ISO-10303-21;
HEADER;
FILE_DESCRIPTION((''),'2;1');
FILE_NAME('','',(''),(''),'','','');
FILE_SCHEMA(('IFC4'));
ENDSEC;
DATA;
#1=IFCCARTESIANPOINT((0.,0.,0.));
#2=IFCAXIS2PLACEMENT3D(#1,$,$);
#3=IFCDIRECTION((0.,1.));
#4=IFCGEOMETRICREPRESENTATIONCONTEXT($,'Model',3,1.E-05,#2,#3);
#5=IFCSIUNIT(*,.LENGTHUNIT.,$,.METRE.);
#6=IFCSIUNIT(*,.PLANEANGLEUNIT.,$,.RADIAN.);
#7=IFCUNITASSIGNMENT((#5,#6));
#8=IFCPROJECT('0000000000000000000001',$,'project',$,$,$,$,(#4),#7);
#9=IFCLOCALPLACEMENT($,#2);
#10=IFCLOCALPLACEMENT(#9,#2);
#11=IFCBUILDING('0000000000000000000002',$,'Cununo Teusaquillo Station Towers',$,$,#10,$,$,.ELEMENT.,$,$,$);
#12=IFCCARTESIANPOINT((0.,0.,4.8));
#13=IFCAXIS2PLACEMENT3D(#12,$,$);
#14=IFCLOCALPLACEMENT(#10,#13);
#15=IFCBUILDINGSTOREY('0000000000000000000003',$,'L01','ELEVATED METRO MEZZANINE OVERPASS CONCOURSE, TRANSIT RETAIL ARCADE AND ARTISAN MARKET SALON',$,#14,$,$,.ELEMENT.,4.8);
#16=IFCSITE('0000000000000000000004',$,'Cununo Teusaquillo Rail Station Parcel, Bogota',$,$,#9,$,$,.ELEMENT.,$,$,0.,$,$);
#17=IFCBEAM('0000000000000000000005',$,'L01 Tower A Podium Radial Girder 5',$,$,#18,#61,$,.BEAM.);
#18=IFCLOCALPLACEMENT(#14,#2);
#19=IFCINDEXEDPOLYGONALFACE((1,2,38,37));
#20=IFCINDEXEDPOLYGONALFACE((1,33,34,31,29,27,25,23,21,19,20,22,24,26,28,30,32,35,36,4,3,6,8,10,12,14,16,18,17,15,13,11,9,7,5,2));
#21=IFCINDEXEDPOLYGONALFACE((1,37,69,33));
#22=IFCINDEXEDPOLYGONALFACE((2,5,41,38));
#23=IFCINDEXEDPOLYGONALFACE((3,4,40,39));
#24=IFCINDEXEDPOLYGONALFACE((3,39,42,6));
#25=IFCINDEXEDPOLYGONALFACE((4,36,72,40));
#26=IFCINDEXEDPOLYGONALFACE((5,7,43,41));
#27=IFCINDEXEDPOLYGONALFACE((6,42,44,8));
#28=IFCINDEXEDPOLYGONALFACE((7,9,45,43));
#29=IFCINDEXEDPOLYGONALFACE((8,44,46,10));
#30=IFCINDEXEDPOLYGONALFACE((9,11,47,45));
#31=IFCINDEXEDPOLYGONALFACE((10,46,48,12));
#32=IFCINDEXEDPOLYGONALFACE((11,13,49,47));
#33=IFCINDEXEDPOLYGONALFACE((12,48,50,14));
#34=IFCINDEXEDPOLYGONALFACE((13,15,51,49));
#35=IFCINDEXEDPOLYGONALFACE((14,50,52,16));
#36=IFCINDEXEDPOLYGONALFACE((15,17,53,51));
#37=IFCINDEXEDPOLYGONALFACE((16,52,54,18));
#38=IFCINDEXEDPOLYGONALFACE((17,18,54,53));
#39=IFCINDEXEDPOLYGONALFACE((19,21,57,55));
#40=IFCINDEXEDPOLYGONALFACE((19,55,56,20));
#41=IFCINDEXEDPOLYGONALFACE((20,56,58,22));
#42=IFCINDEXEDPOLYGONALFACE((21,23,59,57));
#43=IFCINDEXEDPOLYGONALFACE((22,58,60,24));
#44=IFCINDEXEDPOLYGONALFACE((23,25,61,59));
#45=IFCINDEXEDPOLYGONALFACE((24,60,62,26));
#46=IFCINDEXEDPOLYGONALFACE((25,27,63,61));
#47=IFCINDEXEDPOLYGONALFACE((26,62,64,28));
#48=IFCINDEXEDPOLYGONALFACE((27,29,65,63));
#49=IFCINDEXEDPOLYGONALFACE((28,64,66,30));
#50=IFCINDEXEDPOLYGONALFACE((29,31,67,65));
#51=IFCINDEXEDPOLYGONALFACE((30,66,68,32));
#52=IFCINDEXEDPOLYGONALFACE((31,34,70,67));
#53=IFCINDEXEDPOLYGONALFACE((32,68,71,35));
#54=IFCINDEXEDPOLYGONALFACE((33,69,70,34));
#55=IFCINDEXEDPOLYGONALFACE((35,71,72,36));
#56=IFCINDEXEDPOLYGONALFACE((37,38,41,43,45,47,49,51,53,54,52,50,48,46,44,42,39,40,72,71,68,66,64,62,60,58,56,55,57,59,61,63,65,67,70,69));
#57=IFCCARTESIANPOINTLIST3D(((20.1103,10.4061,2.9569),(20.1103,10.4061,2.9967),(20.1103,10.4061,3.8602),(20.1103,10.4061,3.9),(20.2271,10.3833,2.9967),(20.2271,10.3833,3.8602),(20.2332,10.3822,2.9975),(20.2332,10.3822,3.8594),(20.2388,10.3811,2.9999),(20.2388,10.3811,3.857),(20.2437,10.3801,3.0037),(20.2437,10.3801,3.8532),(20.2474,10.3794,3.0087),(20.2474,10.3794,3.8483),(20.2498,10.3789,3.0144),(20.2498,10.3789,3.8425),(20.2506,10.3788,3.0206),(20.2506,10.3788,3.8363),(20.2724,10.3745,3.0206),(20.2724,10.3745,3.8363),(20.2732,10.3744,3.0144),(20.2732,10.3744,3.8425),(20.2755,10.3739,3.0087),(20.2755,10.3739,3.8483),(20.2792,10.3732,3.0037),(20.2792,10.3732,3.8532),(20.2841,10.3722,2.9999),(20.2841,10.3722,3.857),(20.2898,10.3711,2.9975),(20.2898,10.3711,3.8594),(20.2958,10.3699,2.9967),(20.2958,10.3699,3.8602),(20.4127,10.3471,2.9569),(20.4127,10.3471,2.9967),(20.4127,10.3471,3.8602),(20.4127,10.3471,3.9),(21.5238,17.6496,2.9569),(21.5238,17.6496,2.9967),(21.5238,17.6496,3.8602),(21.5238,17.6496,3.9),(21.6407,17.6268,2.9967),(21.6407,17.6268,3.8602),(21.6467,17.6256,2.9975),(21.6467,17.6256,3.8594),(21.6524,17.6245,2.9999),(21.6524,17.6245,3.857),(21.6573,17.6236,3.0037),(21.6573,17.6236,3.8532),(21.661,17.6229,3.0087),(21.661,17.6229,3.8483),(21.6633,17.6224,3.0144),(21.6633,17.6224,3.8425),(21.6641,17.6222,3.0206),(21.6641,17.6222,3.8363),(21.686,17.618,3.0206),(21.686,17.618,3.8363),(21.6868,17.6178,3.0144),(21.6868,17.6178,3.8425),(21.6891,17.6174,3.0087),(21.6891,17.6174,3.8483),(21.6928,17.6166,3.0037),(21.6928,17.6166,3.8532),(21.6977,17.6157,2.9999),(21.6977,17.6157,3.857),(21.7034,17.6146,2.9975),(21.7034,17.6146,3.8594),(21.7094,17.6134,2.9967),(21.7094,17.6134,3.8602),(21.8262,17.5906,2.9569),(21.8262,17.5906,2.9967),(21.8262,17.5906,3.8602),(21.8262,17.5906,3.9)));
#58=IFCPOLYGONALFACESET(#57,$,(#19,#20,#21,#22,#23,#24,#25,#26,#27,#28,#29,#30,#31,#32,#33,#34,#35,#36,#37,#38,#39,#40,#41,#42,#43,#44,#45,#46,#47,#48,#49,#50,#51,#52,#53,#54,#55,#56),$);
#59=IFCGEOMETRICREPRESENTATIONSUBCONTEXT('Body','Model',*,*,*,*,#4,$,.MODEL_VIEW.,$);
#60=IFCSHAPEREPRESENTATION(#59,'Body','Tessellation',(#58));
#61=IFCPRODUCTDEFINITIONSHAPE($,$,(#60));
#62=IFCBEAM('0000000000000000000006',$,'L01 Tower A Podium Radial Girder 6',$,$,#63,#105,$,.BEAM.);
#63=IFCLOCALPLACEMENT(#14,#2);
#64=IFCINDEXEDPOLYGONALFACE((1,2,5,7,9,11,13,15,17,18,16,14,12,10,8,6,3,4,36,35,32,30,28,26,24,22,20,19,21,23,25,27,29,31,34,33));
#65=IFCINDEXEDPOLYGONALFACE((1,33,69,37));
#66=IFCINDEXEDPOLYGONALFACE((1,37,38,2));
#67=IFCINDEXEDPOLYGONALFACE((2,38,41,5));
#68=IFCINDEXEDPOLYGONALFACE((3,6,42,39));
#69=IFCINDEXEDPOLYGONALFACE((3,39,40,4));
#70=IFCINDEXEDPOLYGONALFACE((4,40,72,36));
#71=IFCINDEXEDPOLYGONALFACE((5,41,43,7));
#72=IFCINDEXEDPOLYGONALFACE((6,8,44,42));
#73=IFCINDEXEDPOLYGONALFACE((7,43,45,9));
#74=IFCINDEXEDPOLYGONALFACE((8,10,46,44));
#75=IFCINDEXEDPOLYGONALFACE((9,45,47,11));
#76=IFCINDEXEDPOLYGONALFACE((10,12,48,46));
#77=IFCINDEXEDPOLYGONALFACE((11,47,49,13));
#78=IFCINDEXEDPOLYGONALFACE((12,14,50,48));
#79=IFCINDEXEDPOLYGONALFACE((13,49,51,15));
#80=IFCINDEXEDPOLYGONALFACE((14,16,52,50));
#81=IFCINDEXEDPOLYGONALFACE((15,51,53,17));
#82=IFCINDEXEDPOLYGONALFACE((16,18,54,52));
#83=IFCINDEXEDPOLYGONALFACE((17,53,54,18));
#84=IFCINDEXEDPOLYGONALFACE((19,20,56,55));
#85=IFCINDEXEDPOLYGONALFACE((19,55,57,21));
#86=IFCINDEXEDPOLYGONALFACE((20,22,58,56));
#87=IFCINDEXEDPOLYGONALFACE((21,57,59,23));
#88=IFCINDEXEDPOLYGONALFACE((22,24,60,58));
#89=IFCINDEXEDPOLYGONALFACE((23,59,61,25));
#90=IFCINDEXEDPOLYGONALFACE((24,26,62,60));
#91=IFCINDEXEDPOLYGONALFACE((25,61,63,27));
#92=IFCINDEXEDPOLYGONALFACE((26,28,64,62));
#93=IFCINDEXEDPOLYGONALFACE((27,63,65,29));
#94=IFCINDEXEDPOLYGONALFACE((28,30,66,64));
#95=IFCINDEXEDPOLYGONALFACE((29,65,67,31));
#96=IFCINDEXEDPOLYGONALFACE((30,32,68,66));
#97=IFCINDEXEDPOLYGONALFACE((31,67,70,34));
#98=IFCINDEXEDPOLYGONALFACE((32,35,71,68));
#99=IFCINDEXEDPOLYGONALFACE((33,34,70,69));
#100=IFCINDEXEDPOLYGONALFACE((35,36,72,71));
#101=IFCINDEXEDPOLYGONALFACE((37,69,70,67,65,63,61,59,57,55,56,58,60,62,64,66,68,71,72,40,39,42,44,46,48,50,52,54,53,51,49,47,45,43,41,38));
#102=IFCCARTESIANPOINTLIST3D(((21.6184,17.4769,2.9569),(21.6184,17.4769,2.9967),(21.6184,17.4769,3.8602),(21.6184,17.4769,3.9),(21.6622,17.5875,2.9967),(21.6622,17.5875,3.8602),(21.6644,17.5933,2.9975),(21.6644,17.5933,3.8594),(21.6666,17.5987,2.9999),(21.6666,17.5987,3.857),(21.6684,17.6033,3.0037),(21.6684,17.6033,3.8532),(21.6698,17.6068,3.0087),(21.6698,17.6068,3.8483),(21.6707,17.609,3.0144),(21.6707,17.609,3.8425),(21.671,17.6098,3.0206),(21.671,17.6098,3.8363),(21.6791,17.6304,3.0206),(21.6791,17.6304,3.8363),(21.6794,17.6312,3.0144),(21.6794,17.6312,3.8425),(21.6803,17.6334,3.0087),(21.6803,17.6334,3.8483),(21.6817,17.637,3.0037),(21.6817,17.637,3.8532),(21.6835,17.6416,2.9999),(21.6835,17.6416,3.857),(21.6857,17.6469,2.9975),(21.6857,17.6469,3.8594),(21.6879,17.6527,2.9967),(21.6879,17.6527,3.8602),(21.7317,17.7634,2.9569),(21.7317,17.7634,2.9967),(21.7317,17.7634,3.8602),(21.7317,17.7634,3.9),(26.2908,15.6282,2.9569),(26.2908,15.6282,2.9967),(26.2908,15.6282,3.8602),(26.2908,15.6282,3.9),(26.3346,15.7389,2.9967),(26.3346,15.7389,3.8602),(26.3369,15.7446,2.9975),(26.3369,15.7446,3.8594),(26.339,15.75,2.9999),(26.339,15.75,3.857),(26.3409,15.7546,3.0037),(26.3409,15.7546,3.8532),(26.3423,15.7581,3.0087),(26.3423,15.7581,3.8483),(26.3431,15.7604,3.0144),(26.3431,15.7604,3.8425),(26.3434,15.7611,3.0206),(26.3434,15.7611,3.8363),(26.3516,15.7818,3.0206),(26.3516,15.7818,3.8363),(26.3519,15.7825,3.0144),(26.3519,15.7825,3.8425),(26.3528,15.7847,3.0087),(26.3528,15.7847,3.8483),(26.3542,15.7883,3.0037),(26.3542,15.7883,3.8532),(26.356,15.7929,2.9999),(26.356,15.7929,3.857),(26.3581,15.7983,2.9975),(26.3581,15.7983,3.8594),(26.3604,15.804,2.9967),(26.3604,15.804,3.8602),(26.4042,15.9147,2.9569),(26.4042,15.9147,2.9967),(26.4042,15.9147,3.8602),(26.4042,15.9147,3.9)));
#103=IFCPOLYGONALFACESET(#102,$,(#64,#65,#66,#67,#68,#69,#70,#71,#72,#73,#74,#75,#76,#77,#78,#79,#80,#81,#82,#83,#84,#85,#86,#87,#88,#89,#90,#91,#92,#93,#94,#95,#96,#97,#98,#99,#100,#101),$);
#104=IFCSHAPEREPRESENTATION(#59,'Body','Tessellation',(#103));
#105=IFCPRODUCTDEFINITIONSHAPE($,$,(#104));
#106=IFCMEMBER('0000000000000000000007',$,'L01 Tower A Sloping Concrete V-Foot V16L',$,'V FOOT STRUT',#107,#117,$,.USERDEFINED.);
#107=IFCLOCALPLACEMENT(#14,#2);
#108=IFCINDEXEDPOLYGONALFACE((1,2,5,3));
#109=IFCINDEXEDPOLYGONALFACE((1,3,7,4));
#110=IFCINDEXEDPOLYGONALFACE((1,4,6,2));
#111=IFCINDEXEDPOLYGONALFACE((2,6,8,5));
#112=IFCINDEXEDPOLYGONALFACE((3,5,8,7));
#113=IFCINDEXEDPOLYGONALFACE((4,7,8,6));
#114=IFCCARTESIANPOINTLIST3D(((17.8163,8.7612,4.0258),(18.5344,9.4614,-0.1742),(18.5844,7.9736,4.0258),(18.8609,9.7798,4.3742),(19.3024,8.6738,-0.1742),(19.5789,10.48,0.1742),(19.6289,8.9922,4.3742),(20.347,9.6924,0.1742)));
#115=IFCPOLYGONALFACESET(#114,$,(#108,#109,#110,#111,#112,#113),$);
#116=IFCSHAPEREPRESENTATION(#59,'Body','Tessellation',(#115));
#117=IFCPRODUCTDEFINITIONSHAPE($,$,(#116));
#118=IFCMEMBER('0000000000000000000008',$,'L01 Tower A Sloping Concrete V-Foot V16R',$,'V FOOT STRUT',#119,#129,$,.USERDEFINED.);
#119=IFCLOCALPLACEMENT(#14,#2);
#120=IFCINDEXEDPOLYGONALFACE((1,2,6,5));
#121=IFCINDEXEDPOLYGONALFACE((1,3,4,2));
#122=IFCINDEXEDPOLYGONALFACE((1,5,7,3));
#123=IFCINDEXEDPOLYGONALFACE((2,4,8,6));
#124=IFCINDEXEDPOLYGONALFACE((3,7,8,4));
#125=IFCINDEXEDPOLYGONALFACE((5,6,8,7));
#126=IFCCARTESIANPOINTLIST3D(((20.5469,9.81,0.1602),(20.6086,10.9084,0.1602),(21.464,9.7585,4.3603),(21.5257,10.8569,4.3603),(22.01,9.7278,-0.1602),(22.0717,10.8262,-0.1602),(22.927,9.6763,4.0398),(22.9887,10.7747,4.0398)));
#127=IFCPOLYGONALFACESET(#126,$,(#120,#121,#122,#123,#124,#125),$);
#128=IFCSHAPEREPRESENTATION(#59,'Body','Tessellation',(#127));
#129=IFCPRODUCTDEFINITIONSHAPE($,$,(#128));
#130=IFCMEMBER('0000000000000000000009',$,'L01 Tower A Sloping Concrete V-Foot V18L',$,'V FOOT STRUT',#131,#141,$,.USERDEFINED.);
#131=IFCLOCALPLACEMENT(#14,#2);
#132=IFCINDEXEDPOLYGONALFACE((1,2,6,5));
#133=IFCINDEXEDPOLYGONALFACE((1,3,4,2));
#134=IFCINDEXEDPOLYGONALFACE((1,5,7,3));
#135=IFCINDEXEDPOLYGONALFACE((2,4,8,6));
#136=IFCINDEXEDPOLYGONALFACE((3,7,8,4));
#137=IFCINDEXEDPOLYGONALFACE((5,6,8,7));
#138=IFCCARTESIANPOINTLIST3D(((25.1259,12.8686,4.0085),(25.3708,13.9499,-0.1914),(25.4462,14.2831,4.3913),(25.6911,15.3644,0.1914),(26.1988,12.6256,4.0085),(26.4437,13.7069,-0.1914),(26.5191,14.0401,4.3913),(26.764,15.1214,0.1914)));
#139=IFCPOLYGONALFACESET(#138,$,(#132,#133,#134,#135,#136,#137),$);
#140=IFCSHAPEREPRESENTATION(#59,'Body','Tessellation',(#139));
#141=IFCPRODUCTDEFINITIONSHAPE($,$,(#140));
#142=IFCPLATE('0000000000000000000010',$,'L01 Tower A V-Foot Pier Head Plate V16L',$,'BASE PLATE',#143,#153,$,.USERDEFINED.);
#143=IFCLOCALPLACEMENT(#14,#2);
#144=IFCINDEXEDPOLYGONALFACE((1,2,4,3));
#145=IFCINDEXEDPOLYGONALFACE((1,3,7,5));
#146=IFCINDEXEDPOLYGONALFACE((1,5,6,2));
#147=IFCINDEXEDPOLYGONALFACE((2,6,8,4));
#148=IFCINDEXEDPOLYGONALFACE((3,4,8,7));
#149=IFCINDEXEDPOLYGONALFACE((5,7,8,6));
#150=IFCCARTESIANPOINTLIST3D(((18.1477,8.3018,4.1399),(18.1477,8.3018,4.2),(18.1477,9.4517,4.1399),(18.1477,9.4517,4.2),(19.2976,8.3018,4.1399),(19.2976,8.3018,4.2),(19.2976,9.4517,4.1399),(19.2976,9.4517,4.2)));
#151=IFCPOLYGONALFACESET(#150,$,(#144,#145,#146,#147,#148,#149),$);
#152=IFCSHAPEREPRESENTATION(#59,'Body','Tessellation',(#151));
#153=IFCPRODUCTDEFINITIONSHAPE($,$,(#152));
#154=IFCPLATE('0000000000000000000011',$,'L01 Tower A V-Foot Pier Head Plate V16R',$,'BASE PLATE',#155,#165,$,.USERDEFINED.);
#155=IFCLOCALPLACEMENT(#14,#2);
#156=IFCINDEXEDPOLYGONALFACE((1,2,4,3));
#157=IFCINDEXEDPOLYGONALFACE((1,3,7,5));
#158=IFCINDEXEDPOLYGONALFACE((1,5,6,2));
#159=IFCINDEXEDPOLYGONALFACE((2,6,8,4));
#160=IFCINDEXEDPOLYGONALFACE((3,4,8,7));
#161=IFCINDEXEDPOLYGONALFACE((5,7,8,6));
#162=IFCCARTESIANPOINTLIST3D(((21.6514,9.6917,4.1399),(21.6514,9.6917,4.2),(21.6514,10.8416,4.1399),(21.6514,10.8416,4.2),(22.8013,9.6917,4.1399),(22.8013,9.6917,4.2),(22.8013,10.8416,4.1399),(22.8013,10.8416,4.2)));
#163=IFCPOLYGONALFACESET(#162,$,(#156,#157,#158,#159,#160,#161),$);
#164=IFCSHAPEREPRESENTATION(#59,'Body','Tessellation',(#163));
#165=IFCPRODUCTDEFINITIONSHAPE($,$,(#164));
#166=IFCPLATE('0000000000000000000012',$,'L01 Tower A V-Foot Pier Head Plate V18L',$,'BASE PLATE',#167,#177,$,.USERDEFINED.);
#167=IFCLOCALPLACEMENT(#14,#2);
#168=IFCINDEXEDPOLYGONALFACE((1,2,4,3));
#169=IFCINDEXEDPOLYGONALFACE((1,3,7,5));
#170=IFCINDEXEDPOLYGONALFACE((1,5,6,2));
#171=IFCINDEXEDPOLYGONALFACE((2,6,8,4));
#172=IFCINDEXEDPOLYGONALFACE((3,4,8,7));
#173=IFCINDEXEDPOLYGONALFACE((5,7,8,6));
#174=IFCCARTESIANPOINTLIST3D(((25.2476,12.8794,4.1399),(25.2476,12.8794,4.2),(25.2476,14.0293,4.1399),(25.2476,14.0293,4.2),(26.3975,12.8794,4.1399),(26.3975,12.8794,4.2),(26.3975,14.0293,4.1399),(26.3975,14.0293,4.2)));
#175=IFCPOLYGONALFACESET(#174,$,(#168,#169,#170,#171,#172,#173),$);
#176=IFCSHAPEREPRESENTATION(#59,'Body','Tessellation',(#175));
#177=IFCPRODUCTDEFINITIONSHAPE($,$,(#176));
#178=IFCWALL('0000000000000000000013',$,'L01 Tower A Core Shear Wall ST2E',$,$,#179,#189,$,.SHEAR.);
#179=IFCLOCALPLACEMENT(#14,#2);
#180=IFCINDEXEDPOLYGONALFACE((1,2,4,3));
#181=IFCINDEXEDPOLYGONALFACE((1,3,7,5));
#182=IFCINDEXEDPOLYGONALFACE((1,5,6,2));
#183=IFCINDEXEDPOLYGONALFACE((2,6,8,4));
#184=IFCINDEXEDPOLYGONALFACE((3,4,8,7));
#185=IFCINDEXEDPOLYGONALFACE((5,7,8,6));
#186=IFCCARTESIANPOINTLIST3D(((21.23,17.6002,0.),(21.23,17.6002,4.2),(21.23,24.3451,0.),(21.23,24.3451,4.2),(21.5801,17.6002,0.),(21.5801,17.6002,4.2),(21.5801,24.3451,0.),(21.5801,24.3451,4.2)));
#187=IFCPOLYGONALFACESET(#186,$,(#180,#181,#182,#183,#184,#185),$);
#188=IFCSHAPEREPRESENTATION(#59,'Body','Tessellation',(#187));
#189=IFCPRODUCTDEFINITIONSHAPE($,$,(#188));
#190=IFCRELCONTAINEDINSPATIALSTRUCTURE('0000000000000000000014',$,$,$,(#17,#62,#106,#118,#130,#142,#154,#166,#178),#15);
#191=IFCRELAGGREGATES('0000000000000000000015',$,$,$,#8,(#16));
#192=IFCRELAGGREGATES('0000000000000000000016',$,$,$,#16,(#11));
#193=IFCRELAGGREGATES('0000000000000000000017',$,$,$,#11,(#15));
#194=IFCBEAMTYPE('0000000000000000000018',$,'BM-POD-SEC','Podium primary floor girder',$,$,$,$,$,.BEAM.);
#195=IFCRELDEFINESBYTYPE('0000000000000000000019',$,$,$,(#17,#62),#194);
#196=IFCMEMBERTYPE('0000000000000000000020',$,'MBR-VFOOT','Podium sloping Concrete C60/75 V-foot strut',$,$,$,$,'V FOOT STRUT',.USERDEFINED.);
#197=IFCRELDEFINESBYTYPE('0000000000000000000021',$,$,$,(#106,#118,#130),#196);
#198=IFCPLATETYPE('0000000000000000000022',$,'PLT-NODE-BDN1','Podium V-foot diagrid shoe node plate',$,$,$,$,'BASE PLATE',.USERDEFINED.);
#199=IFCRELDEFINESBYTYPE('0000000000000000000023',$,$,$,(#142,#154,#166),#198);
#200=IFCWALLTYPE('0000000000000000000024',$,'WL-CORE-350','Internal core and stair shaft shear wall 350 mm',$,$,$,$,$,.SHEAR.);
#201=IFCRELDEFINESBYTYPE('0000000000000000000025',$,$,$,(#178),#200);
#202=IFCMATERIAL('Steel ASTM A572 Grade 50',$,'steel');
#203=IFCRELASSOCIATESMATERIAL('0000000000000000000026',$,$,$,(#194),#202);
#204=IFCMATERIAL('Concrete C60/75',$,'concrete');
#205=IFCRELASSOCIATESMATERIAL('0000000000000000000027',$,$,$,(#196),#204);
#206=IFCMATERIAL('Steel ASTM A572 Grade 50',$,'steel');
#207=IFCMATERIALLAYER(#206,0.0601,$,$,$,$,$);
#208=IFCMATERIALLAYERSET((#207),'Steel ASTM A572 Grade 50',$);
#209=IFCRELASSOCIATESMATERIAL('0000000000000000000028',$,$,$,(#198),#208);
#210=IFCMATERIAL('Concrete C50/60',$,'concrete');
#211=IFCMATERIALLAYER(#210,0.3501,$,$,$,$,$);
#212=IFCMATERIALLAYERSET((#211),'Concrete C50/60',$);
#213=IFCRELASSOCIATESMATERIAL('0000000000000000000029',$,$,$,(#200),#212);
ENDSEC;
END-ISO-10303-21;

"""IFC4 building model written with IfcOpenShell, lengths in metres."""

from ifc_helpers import new_model, si_unit, direction, frame, frame_2d, origin, origin_2d, place, context, subcontext, project, spatial, rectangle, i_section, extrude, source, transform, mapped, material, layer, layer_set, material_profile, profile_set, type_object, element, save


model = new_model("IFC4")

# Units and contexts
model_context = context("Model", 3, precision=1e-05, world=origin(), true_north=direction((0.0, 1.0)))
body_context = subcontext(model_context, "Body", "Model", "MODEL_VIEW")
ifc_project = project(units=[si_unit("LENGTHUNIT", "METRE"), si_unit("PLANEANGLEUNIT", "RADIAN")], contexts=[model_context])

# Site, building, storey
site_placement = place(None, origin())
site = spatial("IfcSite", under=ifc_project, at=site_placement, Name="Cununo Teusaquillo Rail Station Parcel, Bogota", CompositionType="ELEMENT", RefElevation=0.0)
building_placement = place(site_placement, origin())
building = spatial("IfcBuilding", under=site, at=building_placement, Name="Cununo Teusaquillo Station Towers", CompositionType="ELEMENT")
storey_placement = place(building_placement, frame((0.0, 0.0, 4.8)))
storey = spatial("IfcBuildingStorey", under=building, at=storey_placement, Name="L01", Description="ELEVATED METRO MEZZANINE OVERPASS CONCOURSE, TRANSIT RETAIL ARCADE AND ARTISAN MARKET SALON", CompositionType="ELEMENT", Elevation=4.8)

# Beams
ifc_material_1 = material(Name="Steel ASTM A572 Grade 50", Category="steel")
ifc_material_profile_1 = material_profile(ifc_material_1, i_section(OverallWidth=0.3081, OverallDepth=0.9431, WebThickness=0.0222, FlangeThickness=0.0398, FilletRadius=0.0239, at=origin_2d()), Name="W36X232")
ifc_profile_set_1 = profile_set([ifc_material_profile_1], Name="Steel ASTM A572 Grade 50")
beam_type_1 = type_object("IfcBeamType", Name="BM-POD-SEC", Description="Podium primary floor girder", PredefinedType="BEAM", material=ifc_profile_set_1)
beam_1_placement = place(storey_placement, frame((21.675, 17.6201, 3.4285), z_axis=(-0.19154, -0.981485, 0.0), x_axis=(0.981485, -0.19154, 0.0)))
element("IfcBeam", 1, at=beam_1_placement, inside=storey, type_object=beam_type_1, Name="L01 Tower A Podium Radial Girder 5", PredefinedType="BEAM", context=body_context, shape_type="SweptSolid", body=[
    extrude(i_section(OverallWidth=0.3081, OverallDepth=0.9431, WebThickness=0.0222, FlangeThickness=0.0398, FilletRadius=0.0239, at=origin_2d()), origin(), (0.0, 0.0, 1.0), 7.3801),
])
beam_2_placement = place(storey_placement, frame((21.675, 17.6201, 3.4285), z_axis=(0.929864, -0.367903, 0.0), x_axis=(0.367903, 0.929864, 0.0)))
element("IfcBeam", 2, at=beam_2_placement, inside=storey, type_object=beam_type_1, Name="L01 Tower A Podium Radial Girder 6", PredefinedType="BEAM", context=body_context, shape_type="SweptSolid", body=[
    extrude(i_section(OverallWidth=0.3081, OverallDepth=0.9431, WebThickness=0.0222, FlangeThickness=0.0398, FilletRadius=0.0239, at=origin_2d()), origin(), (0.0, 0.0, 1.0), 5.0249),
])

# Members
ifc_material_2 = material(Name="Concrete C60/75", Category="concrete")
ifc_material_profile_2 = material_profile(ifc_material_2, rectangle(XDim=1.1001, YDim=1.5, at=origin_2d()), Name="RC-RECT-1500x1100")
ifc_profile_set_2 = profile_set([ifc_material_profile_2], Name="Concrete C60/75")
member_type = type_object("IfcMemberType", Name="MBR-VFOOT", Description="Podium sloping Concrete C60/75 V-foot strut", ElementType="V FOOT STRUT", PredefinedType="USERDEFINED", material=ifc_profile_set_2)
member_1_placement = place(storey_placement, frame((19.4407, 9.5769, 0.0), z_axis=(-0.166283, -0.162156, 0.972654), x_axis=(0.698166, -0.715936, 0.0)))
element("IfcMember", 3, at=member_1_placement, inside=storey, type_object=member_type, Name="L01 Tower A Sloping Concrete V-Foot V16L", ObjectType="V FOOT STRUT", PredefinedType="USERDEFINED", context=body_context, shape_type="SweptSolid", body=[
    extrude(rectangle(XDim=1.1001, YDim=1.5, at=origin_2d()), origin(), (0.0, 0.0, 1.0), 4.3181),
])
member_2_placement = place(storey_placement, frame((21.3093, 10.3181, 0.0), z_axis=(0.213294, -0.011982, 0.976915), x_axis=(0.056088, 0.998426, 0.0)))
element("IfcMember", 4, at=member_2_placement, inside=storey, type_object=member_type, Name="L01 Tower A Sloping Concrete V-Foot V16R", ObjectType="V FOOT STRUT", PredefinedType="USERDEFINED", context=body_context, shape_type="SweptSolid", body=[
    extrude(rectangle(XDim=1.1001, YDim=1.5, at=origin_2d()), origin(), (0.0, 0.0, 1.0), 4.2993),
])
member_3_placement = place(storey_placement, frame((26.0674, 14.5356, 0.0), z_axis=(-0.056373, -0.248928, 0.96688), x_axis=(0.975303, -0.220869, 0.0)))
element("IfcMember", 5, at=member_3_placement, inside=storey, type_object=member_type, Name="L01 Tower A Sloping Concrete V-Foot V18L", ObjectType="V FOOT STRUT", PredefinedType="USERDEFINED", context=body_context, shape_type="SweptSolid", body=[
    extrude(rectangle(XDim=1.1001, YDim=1.5, at=origin_2d()), origin(), (0.0, 0.0, 1.0), 4.3438),
])

# Plates
ifc_material_3 = material(Name="Steel ASTM A572 Grade 50", Category="steel")
ifc_layer_1 = layer(ifc_material_3, 0.0601)
ifc_layer_set_1 = layer_set([ifc_layer_1], Name="Steel ASTM A572 Grade 50")
plate_type = type_object("IfcPlateType", Name="PLT-NODE-BDN1", Description="Podium V-foot diagrid shoe node plate", ElementType="BASE PLATE", PredefinedType="USERDEFINED", material=ifc_layer_set_1)
shared_shape = source(origin(), body_context, "Body", "SweptSolid", [
    extrude(rectangle(XDim=1.1499, YDim=1.1499, at=origin_2d()), origin(), (0.0, 0.0, 1.0), 0.0601),
])
for number, where, z_axis, x_axis, name in (
    (6, (18.7227, 8.8767, 4.1399), (0.0, 0.0, 1.0), (1.0, 0.0, 0.0), "L01 Tower A V-Foot Pier Head Plate V16L"),
    (7, (22.2263, 10.2666, 4.1399), (0.0, 0.0, 1.0), (1.0, 0.0, 0.0), "L01 Tower A V-Foot Pier Head Plate V16R"),
    (8, (25.8225, 13.4543, 4.1399), (0.0, 0.0, 1.0), (1.0, 0.0, 0.0), "L01 Tower A V-Foot Pier Head Plate V18L"),
):
    element("IfcPlate", number, at=place(storey_placement, frame(where, z_axis=z_axis, x_axis=x_axis)), inside=storey, type_object=plate_type, Name=name, ObjectType="BASE PLATE", PredefinedType="USERDEFINED", context=body_context, shape_type="MappedRepresentation", body=[
        mapped(shared_shape, transform((0.0, 0.0, 0.0), x_axis=(1.0, 0.0, 0.0), y_axis=(0.0, 1.0, 0.0), z_axis=(0.0, 0.0, 1.0), scale=1.0)),
    ])

# Wall
ifc_material_4 = material(Name="Concrete C50/60", Category="concrete")
ifc_layer_2 = layer(ifc_material_4, 0.3501)
ifc_layer_set_2 = layer_set([ifc_layer_2], Name="Concrete C50/60")
wall_type_1 = type_object("IfcWallType", Name="WL-CORE-350", Description="Internal core and stair shaft shear wall 350 mm", PredefinedType="SHEAR", material=ifc_layer_set_2)
wall_1_placement = place(storey_placement, frame((21.405, 17.6001, 0.0), z_axis=(0.0, 0.0, 1.0), x_axis=(0.0, 1.0, 0.0)))
element("IfcWall", 9, at=wall_1_placement, inside=storey, type_object=wall_type_1, Name="L01 Tower A Core Shear Wall ST2E", PredefinedType="SHEAR", context=body_context, shape_type="SweptSolid", body=[
    extrude(rectangle(XDim=6.7449, YDim=0.3501, at=frame_2d((3.3726, 0.0))), origin(), (0.0, 0.0, 1.0), 4.2),
])

save(model, "model.ifc")
